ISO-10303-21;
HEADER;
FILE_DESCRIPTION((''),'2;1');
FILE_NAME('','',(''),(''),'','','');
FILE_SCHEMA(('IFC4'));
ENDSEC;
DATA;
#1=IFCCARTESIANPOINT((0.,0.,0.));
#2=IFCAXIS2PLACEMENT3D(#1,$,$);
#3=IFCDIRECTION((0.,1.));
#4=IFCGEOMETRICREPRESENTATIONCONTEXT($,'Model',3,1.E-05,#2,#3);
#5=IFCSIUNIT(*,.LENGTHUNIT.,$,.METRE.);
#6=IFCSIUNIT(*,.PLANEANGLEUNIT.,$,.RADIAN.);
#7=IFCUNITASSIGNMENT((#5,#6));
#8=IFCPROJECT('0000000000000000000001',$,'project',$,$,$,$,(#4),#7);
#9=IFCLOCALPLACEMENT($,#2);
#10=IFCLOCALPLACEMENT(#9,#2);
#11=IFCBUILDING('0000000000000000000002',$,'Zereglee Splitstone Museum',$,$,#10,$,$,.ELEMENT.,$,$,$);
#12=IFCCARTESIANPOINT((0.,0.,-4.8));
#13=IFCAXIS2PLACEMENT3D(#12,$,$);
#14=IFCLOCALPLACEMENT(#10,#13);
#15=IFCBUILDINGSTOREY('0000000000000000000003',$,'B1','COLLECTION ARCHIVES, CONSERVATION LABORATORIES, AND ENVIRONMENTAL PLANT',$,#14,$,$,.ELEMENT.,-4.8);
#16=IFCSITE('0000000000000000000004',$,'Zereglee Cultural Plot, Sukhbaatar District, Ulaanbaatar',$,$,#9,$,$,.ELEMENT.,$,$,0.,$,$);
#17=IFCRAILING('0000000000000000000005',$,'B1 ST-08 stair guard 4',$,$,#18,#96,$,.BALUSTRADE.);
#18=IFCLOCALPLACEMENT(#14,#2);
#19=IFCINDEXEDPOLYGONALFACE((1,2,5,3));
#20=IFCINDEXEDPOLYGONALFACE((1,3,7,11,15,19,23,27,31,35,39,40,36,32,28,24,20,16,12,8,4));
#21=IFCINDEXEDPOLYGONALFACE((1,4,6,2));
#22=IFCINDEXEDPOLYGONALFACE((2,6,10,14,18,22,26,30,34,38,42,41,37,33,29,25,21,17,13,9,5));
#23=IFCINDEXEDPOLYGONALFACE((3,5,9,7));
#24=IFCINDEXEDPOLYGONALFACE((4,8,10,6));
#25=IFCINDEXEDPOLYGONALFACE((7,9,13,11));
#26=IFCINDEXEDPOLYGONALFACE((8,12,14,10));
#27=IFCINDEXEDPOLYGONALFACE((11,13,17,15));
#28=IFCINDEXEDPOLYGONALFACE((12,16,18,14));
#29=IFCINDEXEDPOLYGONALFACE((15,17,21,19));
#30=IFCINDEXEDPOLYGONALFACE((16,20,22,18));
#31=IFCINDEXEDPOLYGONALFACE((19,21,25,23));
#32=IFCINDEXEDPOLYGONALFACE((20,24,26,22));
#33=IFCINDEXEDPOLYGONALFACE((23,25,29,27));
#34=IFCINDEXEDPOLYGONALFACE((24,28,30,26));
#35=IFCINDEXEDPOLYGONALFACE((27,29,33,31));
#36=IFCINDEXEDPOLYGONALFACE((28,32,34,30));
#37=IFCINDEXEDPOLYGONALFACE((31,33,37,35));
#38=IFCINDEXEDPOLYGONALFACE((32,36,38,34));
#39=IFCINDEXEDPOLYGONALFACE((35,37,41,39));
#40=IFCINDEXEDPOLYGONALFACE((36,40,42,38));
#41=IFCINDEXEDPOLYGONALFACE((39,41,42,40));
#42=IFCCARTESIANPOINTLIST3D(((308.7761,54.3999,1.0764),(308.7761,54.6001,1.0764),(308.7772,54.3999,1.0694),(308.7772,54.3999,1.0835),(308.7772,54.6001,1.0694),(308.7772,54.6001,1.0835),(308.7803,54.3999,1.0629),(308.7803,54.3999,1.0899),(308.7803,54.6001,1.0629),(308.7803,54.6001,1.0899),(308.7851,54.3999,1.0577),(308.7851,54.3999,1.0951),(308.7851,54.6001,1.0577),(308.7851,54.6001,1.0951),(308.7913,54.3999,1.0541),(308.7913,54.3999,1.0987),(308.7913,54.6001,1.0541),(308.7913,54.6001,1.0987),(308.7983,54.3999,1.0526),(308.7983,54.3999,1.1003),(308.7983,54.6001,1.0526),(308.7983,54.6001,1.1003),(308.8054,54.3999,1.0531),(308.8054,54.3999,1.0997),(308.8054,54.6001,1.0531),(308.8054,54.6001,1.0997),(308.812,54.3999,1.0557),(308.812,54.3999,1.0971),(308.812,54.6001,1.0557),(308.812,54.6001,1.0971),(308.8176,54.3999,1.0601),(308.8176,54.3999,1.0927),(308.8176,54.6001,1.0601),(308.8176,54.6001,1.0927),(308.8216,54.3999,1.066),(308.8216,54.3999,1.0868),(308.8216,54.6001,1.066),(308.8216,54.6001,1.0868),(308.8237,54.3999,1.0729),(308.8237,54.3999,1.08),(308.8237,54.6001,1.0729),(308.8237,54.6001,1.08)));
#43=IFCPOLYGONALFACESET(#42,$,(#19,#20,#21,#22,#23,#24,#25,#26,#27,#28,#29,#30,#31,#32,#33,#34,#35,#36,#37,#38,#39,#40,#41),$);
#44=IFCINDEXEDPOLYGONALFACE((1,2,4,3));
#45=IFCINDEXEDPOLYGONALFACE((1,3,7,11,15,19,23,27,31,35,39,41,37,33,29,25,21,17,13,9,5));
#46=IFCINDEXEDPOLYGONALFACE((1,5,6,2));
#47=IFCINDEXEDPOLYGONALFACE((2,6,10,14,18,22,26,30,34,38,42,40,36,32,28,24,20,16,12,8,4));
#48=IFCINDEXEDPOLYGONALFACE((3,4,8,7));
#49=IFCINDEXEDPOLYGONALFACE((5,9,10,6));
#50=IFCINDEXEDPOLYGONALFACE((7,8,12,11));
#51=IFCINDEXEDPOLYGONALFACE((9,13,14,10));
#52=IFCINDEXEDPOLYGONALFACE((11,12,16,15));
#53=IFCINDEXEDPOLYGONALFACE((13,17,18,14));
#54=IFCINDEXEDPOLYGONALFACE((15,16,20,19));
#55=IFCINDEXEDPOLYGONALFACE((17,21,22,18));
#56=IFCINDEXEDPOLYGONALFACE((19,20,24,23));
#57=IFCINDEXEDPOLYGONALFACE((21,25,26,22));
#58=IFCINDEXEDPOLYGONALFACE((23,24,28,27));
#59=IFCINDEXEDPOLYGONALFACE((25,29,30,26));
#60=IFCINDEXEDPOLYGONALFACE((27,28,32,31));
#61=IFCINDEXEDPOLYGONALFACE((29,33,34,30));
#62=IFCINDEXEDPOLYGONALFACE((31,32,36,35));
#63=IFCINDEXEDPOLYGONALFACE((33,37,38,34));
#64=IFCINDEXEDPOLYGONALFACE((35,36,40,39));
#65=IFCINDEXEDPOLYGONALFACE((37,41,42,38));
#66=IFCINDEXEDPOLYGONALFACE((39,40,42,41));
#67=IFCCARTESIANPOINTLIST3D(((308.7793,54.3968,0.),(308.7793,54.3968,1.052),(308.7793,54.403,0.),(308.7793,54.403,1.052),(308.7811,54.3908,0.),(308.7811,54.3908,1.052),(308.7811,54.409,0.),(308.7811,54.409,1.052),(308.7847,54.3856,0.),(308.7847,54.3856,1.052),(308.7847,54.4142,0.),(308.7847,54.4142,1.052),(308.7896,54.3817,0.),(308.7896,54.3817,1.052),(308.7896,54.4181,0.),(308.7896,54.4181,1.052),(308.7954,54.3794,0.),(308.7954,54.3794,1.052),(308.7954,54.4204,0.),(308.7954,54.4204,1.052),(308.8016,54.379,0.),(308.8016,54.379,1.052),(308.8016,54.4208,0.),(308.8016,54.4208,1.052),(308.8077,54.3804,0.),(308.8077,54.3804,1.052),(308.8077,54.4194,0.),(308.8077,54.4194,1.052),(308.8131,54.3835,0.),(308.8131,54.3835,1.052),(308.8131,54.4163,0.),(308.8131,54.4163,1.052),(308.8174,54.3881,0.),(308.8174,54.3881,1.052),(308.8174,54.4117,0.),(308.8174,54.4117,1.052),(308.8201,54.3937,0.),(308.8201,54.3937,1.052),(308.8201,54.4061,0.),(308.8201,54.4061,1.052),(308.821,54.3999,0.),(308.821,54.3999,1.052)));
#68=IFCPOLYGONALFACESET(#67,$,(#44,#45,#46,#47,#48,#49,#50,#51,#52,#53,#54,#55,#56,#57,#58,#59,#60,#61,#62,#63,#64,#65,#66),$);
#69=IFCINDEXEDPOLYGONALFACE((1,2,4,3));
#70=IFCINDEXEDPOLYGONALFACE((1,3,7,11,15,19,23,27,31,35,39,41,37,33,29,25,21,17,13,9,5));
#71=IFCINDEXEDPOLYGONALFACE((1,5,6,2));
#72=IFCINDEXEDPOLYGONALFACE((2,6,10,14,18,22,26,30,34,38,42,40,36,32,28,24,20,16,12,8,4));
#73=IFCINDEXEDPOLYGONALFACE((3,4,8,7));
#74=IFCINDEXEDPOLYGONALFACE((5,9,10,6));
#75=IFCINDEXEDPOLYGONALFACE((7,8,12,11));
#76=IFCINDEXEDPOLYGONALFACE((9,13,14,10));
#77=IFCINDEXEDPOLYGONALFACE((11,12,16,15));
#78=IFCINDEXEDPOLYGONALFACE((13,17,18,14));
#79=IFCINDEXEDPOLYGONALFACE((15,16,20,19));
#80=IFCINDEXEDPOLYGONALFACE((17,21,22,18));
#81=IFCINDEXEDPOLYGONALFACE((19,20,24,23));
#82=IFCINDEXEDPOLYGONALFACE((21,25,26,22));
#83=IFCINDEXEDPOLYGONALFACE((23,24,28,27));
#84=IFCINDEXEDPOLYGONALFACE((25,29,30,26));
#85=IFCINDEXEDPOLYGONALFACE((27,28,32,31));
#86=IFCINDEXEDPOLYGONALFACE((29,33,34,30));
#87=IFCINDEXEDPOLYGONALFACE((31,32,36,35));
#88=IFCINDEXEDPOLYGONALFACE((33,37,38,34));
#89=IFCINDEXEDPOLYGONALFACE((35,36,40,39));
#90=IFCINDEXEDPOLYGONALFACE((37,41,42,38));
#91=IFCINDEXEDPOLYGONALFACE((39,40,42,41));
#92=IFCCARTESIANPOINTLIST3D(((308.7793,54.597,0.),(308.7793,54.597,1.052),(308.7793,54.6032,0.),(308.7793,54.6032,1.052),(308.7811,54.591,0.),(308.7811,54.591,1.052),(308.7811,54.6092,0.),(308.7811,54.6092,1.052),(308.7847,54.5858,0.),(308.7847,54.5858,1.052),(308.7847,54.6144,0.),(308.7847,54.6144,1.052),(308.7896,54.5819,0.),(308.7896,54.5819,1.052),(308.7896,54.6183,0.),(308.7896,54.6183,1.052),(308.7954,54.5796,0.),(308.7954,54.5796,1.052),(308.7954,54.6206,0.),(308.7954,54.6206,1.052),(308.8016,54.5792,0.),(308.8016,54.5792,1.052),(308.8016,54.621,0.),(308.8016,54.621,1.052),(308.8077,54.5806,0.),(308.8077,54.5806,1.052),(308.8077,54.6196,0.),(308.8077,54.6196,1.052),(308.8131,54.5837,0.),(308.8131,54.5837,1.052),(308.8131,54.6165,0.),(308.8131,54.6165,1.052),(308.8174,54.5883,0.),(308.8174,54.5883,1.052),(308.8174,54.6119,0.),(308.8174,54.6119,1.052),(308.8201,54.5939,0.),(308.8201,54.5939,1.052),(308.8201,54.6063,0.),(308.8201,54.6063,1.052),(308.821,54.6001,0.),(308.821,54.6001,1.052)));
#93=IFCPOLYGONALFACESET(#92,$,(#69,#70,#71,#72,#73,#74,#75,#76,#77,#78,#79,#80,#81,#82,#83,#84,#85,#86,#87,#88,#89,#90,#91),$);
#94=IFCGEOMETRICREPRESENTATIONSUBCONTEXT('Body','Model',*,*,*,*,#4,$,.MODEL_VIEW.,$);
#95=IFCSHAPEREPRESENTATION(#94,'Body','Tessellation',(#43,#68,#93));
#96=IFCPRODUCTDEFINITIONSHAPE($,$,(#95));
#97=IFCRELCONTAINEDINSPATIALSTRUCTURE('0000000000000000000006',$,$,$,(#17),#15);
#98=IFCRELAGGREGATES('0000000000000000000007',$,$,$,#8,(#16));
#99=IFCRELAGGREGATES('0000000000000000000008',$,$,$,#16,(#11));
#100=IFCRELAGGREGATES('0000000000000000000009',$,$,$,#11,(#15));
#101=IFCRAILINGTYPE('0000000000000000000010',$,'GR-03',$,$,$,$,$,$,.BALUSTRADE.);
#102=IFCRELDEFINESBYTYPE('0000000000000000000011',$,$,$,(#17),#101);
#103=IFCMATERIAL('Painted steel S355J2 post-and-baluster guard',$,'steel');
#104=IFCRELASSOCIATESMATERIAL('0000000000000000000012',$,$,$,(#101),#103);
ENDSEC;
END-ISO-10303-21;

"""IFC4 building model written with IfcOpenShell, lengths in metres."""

from ifc_helpers import new_model, si_unit, direction, frame, origin, origin_2d, place, context, subcontext, project, spatial, circle, extrude, material, type_object, element, save


model = new_model("IFC4")

# Units and contexts
model_context = context("Model", 3, precision=1e-05, world=origin(), true_north=direction((0.0, 1.0)))
body_context = subcontext(model_context, "Body", "Model", "MODEL_VIEW")
ifc_project = project(units=[si_unit("LENGTHUNIT", "METRE"), si_unit("PLANEANGLEUNIT", "RADIAN")], contexts=[model_context])

# Site, building, storey
site_placement = place(None, origin())
site = spatial("IfcSite", under=ifc_project, at=site_placement, Name="Zereglee Cultural Plot, Sukhbaatar District, Ulaanbaatar", CompositionType="ELEMENT", RefElevation=0.0)
building_placement = place(site_placement, origin())
building = spatial("IfcBuilding", under=site, at=building_placement, Name="Zereglee Splitstone Museum", CompositionType="ELEMENT")
storey_placement = place(building_placement, frame((0.0, 0.0, -4.8)))
storey = spatial("IfcBuildingStorey", under=building, at=storey_placement, Name="B1", Description="COLLECTION ARCHIVES, CONSERVATION LABORATORIES, AND ENVIRONMENTAL PLANT", CompositionType="ELEMENT", Elevation=-4.8)

# Railing
ifc_material_1 = material(Name="Painted steel S355J2 post-and-baluster guard", Category="steel")
railing_type_1 = type_object("IfcRailingType", Name="GR-03", PredefinedType="BALUSTRADE", material=ifc_material_1)
railing_1_placement = place(storey_placement, frame((308.8, 54.3999, 0.0)))
element("IfcRailing", 1, at=railing_1_placement, inside=storey, type_object=railing_type_1, Name="B1 ST-08 stair guard 4", PredefinedType="BALUSTRADE", context=body_context, shape_type="SweptSolid", body=[
    extrude(circle(Radius=0.0239, at=origin_2d()), frame((0.0, 0.0, 1.0764), z_axis=(0.0, 1.0, 0.0), x_axis=(-1.0, 0.0, 0.0)), (0.0, 0.0, 1.0), 0.2002),
    extrude(circle(Radius=0.021, at=origin_2d()), origin(), (0.0, 0.0, 1.0), 1.052),
    extrude(circle(Radius=0.021, at=origin_2d()), frame((0.0, 0.2002, 0.0)), (0.0, 0.0, 1.0), 1.052),
])

save(model, "model.ifc")
